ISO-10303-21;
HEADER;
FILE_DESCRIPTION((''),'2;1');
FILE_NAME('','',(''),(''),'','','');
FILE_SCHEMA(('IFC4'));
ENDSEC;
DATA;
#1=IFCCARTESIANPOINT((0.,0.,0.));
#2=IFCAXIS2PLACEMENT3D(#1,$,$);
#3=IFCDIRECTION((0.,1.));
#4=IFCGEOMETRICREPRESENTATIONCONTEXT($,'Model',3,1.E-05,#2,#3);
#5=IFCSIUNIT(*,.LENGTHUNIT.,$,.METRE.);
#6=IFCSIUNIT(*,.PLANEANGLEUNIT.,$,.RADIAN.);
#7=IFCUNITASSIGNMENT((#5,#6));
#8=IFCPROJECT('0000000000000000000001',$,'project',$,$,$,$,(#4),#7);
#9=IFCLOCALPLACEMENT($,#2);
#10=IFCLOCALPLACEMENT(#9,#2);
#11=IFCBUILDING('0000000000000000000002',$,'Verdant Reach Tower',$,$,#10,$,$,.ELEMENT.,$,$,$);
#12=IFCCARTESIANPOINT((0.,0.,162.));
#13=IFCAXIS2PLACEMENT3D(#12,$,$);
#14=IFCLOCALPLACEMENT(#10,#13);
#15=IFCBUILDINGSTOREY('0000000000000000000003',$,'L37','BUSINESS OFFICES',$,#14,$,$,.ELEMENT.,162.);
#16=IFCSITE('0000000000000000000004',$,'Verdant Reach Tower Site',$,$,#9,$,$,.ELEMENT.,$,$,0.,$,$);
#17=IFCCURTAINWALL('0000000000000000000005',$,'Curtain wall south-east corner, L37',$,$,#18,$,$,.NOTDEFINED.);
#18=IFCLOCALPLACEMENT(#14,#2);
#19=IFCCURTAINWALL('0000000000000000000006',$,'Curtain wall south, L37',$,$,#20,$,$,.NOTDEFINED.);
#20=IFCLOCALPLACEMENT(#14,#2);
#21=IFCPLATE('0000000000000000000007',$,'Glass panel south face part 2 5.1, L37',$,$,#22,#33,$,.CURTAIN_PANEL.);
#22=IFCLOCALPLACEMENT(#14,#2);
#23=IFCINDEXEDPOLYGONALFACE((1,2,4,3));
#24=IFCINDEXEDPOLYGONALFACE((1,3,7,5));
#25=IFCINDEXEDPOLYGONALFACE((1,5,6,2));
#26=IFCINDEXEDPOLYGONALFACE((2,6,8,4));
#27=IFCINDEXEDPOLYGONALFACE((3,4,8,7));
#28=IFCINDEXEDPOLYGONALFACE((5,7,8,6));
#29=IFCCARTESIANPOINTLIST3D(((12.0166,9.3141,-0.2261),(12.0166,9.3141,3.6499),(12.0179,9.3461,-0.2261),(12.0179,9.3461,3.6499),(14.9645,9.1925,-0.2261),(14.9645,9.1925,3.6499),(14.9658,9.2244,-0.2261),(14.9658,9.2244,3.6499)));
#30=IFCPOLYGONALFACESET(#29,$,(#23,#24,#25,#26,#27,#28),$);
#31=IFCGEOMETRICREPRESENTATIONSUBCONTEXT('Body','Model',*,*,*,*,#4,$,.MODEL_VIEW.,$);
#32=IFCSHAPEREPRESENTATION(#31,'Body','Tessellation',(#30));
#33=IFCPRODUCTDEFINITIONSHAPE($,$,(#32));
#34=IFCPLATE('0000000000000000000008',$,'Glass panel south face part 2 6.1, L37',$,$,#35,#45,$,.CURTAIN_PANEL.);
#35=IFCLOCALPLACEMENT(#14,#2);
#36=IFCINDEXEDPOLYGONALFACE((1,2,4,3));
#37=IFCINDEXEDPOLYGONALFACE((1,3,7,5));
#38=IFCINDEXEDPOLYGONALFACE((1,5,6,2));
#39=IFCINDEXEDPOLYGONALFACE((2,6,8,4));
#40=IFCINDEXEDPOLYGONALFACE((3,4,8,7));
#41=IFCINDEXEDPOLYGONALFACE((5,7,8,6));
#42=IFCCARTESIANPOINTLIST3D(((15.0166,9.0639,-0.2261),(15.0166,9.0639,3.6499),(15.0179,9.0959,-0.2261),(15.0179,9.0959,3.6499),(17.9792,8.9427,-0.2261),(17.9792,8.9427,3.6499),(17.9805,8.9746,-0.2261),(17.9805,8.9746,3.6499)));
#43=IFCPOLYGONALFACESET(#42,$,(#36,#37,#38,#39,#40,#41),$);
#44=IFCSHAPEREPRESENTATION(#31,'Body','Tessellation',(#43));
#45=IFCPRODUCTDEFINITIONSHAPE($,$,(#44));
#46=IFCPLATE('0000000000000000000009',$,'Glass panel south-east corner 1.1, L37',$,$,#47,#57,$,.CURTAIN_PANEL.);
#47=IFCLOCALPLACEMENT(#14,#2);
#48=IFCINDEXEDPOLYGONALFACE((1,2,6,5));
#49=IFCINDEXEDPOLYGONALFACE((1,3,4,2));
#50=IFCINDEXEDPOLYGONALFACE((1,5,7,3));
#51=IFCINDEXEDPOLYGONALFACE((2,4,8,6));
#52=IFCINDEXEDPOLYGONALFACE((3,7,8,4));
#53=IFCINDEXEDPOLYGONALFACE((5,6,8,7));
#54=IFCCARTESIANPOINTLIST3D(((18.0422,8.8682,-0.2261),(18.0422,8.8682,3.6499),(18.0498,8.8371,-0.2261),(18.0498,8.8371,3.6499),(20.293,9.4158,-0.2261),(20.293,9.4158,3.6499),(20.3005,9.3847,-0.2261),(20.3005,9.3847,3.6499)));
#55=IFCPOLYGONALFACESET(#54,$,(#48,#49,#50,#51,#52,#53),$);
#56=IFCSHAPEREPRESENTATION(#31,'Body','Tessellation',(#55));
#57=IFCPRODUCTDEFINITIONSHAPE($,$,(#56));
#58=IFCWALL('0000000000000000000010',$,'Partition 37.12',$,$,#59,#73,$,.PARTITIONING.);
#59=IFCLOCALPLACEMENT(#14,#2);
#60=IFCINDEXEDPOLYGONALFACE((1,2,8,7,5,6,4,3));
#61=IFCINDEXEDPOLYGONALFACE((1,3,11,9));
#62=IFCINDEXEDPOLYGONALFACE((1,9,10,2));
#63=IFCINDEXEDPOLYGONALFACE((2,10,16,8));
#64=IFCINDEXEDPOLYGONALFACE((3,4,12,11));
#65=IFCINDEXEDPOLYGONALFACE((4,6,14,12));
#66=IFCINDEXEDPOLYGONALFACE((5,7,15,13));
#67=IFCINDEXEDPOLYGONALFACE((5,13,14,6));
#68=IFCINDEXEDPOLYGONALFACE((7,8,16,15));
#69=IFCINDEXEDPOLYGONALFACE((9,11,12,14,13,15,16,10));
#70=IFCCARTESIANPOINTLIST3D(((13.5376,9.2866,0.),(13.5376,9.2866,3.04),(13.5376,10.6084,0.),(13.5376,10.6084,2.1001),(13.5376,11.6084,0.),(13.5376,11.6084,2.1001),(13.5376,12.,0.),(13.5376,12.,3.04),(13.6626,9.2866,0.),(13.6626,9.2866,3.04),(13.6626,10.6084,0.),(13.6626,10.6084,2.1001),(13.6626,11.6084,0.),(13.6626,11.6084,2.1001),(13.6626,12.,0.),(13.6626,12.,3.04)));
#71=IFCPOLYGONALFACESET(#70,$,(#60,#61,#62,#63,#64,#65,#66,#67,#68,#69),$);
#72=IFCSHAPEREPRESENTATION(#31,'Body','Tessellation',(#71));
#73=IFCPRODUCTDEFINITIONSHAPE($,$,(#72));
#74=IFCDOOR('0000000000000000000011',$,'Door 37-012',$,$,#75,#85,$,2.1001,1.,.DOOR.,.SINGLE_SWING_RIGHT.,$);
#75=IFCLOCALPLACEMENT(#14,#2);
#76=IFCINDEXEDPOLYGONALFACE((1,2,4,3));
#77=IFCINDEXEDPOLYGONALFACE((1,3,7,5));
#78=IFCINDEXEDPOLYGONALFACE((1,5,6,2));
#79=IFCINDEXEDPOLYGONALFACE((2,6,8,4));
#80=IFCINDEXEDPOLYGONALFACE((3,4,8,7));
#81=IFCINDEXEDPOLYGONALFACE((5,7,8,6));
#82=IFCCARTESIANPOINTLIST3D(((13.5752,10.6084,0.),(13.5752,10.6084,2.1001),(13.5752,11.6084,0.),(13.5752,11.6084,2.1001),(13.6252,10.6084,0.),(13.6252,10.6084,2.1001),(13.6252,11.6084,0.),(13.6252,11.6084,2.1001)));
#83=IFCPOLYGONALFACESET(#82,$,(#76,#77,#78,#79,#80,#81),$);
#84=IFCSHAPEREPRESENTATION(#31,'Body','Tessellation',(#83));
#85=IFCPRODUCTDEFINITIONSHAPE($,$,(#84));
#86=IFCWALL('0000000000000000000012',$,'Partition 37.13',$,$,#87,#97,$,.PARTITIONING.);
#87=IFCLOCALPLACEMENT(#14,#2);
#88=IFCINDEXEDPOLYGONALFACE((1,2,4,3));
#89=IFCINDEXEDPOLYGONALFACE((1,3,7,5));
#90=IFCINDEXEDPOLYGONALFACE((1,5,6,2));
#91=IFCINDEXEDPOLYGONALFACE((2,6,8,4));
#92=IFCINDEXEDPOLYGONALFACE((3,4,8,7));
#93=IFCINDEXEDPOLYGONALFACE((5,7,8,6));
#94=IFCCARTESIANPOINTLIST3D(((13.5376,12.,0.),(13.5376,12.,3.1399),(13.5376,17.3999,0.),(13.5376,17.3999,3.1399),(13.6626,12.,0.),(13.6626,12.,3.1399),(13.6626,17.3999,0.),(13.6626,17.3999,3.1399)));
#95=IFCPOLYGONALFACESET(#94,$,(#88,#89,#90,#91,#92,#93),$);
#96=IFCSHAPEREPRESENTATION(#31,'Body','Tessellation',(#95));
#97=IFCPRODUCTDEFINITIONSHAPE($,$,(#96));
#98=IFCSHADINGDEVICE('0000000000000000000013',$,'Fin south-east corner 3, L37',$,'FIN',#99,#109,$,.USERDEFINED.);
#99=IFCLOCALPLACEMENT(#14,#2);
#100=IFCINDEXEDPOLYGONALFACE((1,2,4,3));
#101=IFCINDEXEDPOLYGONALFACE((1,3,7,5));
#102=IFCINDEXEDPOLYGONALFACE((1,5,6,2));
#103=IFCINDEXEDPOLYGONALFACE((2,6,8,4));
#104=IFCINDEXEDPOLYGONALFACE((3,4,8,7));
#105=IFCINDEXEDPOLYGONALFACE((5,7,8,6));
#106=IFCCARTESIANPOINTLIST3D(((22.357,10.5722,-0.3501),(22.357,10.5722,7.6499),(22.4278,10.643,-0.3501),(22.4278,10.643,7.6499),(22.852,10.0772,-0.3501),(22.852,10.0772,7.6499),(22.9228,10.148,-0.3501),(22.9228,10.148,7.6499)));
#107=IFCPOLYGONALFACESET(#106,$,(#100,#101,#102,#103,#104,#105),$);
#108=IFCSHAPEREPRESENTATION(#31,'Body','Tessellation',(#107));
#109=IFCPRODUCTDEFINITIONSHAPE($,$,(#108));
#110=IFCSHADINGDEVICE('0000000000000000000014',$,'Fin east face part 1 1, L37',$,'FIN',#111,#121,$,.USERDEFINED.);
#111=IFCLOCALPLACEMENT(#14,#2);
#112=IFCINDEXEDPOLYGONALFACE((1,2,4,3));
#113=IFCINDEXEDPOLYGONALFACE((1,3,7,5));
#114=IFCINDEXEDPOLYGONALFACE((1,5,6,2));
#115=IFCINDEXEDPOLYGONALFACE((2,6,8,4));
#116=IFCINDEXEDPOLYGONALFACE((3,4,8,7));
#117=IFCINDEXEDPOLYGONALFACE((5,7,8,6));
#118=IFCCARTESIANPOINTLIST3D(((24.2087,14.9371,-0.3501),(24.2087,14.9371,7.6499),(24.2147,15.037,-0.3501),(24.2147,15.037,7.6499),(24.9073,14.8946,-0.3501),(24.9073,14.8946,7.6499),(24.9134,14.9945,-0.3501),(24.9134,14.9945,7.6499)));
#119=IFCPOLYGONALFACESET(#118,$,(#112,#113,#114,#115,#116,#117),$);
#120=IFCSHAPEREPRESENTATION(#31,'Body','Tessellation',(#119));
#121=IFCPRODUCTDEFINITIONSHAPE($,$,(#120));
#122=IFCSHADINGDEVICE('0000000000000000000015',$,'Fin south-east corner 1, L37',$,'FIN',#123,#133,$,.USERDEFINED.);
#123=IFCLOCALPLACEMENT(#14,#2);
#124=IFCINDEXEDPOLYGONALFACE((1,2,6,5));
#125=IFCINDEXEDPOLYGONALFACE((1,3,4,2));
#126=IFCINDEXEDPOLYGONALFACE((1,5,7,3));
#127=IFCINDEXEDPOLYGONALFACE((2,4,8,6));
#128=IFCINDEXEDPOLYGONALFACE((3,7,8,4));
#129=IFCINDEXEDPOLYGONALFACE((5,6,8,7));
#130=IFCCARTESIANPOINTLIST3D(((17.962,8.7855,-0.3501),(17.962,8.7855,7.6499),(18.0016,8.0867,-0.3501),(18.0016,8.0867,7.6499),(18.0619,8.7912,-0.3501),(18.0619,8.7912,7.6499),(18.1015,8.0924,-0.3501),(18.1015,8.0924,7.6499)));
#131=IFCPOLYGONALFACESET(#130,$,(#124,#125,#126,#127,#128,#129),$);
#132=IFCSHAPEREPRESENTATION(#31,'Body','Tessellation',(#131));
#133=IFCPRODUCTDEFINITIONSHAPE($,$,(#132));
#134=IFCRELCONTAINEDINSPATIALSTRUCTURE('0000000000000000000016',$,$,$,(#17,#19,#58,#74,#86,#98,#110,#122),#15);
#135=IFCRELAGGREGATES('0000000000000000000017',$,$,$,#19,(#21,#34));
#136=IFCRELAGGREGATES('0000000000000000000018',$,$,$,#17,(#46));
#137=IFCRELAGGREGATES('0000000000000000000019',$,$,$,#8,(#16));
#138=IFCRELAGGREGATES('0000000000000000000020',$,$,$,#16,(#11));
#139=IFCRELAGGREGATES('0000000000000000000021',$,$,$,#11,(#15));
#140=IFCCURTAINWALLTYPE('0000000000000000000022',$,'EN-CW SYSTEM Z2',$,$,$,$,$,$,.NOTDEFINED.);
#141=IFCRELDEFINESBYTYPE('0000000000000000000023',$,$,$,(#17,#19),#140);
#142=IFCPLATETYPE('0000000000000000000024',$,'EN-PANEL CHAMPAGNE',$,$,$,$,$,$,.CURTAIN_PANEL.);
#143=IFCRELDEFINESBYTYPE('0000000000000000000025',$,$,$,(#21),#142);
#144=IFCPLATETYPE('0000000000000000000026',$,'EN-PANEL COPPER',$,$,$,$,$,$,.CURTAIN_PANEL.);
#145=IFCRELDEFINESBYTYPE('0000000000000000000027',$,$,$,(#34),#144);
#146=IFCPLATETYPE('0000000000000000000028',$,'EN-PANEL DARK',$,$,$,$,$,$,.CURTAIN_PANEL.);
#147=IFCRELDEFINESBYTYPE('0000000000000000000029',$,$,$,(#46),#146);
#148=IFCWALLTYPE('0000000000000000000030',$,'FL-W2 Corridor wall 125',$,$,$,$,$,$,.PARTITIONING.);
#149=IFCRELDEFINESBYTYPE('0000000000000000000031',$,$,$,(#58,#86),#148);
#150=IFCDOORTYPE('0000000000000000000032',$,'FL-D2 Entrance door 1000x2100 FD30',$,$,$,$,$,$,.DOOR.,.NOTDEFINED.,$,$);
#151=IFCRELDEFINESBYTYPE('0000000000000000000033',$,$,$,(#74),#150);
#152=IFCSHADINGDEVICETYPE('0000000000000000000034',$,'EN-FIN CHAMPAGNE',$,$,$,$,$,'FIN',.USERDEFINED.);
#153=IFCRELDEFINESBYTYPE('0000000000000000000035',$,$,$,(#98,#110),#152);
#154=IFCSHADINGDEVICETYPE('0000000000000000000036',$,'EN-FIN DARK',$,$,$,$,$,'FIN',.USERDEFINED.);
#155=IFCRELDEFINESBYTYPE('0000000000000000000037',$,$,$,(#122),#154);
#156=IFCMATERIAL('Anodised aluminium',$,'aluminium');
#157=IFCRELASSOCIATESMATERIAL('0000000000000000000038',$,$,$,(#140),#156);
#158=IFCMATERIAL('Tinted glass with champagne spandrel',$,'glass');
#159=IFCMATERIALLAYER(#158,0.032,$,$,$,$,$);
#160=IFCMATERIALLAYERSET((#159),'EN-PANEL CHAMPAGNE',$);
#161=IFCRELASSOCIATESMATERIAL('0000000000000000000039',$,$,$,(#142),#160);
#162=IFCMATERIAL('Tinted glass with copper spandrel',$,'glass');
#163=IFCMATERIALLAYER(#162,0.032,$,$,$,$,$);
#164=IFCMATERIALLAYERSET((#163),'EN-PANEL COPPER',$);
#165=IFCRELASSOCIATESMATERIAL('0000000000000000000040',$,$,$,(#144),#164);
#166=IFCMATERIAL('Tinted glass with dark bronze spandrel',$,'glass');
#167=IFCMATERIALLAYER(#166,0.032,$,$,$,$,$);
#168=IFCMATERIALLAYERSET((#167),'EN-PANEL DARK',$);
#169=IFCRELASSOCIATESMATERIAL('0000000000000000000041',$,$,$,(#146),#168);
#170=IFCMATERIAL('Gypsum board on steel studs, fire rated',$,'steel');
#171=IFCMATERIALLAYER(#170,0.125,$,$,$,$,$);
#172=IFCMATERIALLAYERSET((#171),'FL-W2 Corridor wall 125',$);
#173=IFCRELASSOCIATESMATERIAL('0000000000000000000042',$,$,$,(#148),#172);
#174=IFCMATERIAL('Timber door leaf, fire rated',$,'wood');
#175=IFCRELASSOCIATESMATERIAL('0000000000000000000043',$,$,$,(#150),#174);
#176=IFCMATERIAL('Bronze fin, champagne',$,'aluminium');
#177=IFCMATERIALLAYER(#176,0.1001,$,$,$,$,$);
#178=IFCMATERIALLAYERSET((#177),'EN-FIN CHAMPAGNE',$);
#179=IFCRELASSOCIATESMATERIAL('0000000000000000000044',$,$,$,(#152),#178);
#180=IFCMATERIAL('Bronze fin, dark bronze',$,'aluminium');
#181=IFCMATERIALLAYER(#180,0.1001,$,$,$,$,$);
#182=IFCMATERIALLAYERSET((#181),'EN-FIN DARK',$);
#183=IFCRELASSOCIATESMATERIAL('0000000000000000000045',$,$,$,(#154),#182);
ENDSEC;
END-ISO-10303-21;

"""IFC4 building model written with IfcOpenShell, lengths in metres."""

from ifc_helpers import new_model, si_unit, direction, frame, frame_2d, origin, origin_2d, place, context, subcontext, project, spatial, rectangle, extrude, material, layer, layer_set, type_object, element, fill, aggregate, save


model = new_model("IFC4")

# Units and contexts
model_context = context("Model", 3, precision=1e-05, world=origin(), true_north=direction((0.0, 1.0)))
body_context = subcontext(model_context, "Body", "Model", "MODEL_VIEW")
ifc_project = project(units=[si_unit("LENGTHUNIT", "METRE"), si_unit("PLANEANGLEUNIT", "RADIAN")], contexts=[model_context])

# Site, building, storey
site_placement = place(None, origin())
site = spatial("IfcSite", under=ifc_project, at=site_placement, Name="Verdant Reach Tower Site", CompositionType="ELEMENT", RefElevation=0.0)
building_placement = place(site_placement, origin())
building = spatial("IfcBuilding", under=site, at=building_placement, Name="Verdant Reach Tower", CompositionType="ELEMENT")
storey_placement = place(building_placement, frame((0.0, 0.0, 162.0)))
storey = spatial("IfcBuildingStorey", under=building, at=storey_placement, Name="L37", Description="BUSINESS OFFICES", CompositionType="ELEMENT", Elevation=162.0)

# Curtain wall
ifc_material_1 = material(Name="Anodised aluminium", Category="aluminium")
curtain_wall_type = type_object("IfcCurtainWallType", Name="EN-CW SYSTEM Z2", PredefinedType="NOTDEFINED", material=ifc_material_1)
curtain_wall_1_placement = place(storey_placement, origin())
curtain_wall_1 = element("IfcCurtainWall", 1, at=curtain_wall_1_placement, inside=storey, type_object=curtain_wall_type, Name="Curtain wall south-east corner, L37", PredefinedType="NOTDEFINED")

# Curtain wall
curtain_wall_2_placement = place(storey_placement, origin())
curtain_wall_2 = element("IfcCurtainWall", 2, at=curtain_wall_2_placement, inside=storey, type_object=curtain_wall_type, Name="Curtain wall south, L37", PredefinedType="NOTDEFINED")

# Plates
ifc_material_2 = material(Name="Tinted glass with champagne spandrel", Category="glass")
ifc_layer_1 = layer(ifc_material_2, 0.032)
ifc_layer_set_1 = layer_set([ifc_layer_1], Name="EN-PANEL CHAMPAGNE")
plate_type_1 = type_object("IfcPlateType", Name="EN-PANEL CHAMPAGNE", PredefinedType="CURTAIN_PANEL", material=ifc_layer_set_1)
plate_1_placement = place(storey_placement, frame((13.4912, 9.2693, -0.2261), z_axis=(0.0, 0.0, 1.0), x_axis=(0.999149, -0.041242, 0.0)))
plate_1 = element("IfcPlate", 3, at=plate_1_placement, type_object=plate_type_1, Name="Glass panel south face part 2 5.1, L37", PredefinedType="CURTAIN_PANEL", context=body_context, shape_type="SweptSolid", body=[
    extrude(rectangle(XDim=2.9504, YDim=0.032, at=origin_2d()), origin(), (0.0, 0.0, 1.0), 3.876),
])
ifc_material_3 = material(Name="Tinted glass with copper spandrel", Category="glass")
ifc_layer_2 = layer(ifc_material_3, 0.032)
ifc_layer_set_2 = layer_set([ifc_layer_2], Name="EN-PANEL COPPER")
plate_type_2 = type_object("IfcPlateType", Name="EN-PANEL COPPER", PredefinedType="CURTAIN_PANEL", material=ifc_layer_set_2)
plate_2_placement = place(storey_placement, frame((16.4985, 9.0193, -0.2261), z_axis=(0.0, 0.0, 1.0), x_axis=(0.999163, -0.0409, 0.0)))
plate_2 = element("IfcPlate", 4, at=plate_2_placement, type_object=plate_type_2, Name="Glass panel south face part 2 6.1, L37", PredefinedType="CURTAIN_PANEL", context=body_context, shape_type="SweptSolid", body=[
    extrude(rectangle(XDim=2.9651, YDim=0.032, at=origin_2d()), origin(), (0.0, 0.0, 1.0), 3.876),
])
aggregate(curtain_wall_2, [plate_1, plate_2])
ifc_material_4 = material(Name="Tinted glass with dark bronze spandrel", Category="glass")
ifc_layer_3 = layer(ifc_material_4, 0.032)
ifc_layer_set_3 = layer_set([ifc_layer_3], Name="EN-PANEL DARK")
plate_type_3 = type_object("IfcPlateType", Name="EN-PANEL DARK", PredefinedType="CURTAIN_PANEL", material=ifc_layer_set_3)
plate_3_placement = place(storey_placement, frame((19.1714, 9.1265, -0.2261), z_axis=(0.0, 0.0, 1.0), x_axis=(0.971658, 0.236391, 0.0)))
plate_3 = element("IfcPlate", 5, at=plate_3_placement, type_object=plate_type_3, Name="Glass panel south-east corner 1.1, L37", PredefinedType="CURTAIN_PANEL", context=body_context, shape_type="SweptSolid", body=[
    extrude(rectangle(XDim=2.3164, YDim=0.032, at=origin_2d()), origin(), (0.0, 0.0, 1.0), 3.876),
])
aggregate(curtain_wall_1, [plate_3])

# Wall, opening, door
ifc_material_5 = material(Name="Gypsum board on steel studs, fire rated", Category="steel")
ifc_layer_4 = layer(ifc_material_5, 0.125)
ifc_layer_set_4 = layer_set([ifc_layer_4], Name="FL-W2 Corridor wall 125")
wall_type = type_object("IfcWallType", Name="FL-W2 Corridor wall 125", PredefinedType="PARTITIONING", material=ifc_layer_set_4)
wall_1_placement = place(storey_placement, frame((13.6001, 9.2866, 0.0), z_axis=(0.0, 0.0, 1.0), x_axis=(0.0, 1.0, 0.0)))
wall_1 = element("IfcWall", 6, at=wall_1_placement, inside=storey, type_object=wall_type, Name="Partition 37.12", PredefinedType="PARTITIONING", context=body_context, shape_type="SweptSolid", body=[
    extrude(rectangle(XDim=2.7134, YDim=0.125, at=frame_2d((1.3567, 0.0))), origin(), (0.0, 0.0, 1.0), 3.04),
])
opening_placement = place(wall_1_placement, frame((1.3218, 0.0, 0.0)))
opening = element("IfcOpeningElement", 7, at=opening_placement, cuts=wall_1, PredefinedType="OPENING", context=body_context, shape_type="SweptSolid", body=[
    extrude(rectangle(XDim=1.0, YDim=2.1001, at=frame_2d((0.5, 1.05))), frame((0.0, 0.0725, 0.0), z_axis=(0.0, -1.0, 0.0), x_axis=(1.0, 0.0, 0.0)), (0.0, 0.0, 1.0), 0.145),
])
ifc_material_6 = material(Name="Timber door leaf, fire rated", Category="wood")
door_type = type_object("IfcDoorType", Name="FL-D2 Entrance door 1000x2100 FD30", OperationType="NOTDEFINED", PredefinedType="DOOR", material=ifc_material_6)
door_placement = place(opening_placement, origin())
door = element("IfcDoor", 8, at=door_placement, inside=storey, type_object=door_type, Name="Door 37-012", OperationType="SINGLE_SWING_RIGHT", OverallHeight=2.1001, OverallWidth=1.0, PredefinedType="DOOR", context=body_context, shape_type="SweptSolid", body=[
    extrude(rectangle(XDim=1.0, YDim=2.1001, at=frame_2d((0.5, 1.05))), frame((0.0, 0.0249, 0.0), z_axis=(0.0, -1.0, 0.0), x_axis=(1.0, 0.0, 0.0)), (0.0, 0.0, 1.0), 0.05),
])
fill(opening, door)

# Wall
wall_2_placement = place(storey_placement, frame((13.6001, 12.0, 0.0), z_axis=(0.0, 0.0, 1.0), x_axis=(0.0, 1.0, 0.0)))
element("IfcWall", 9, at=wall_2_placement, inside=storey, type_object=wall_type, Name="Partition 37.13", PredefinedType="PARTITIONING", context=body_context, shape_type="SweptSolid", body=[
    extrude(rectangle(XDim=5.3999, YDim=0.125, at=frame_2d((2.7, 0.0))), origin(), (0.0, 0.0, 1.0), 3.1399),
])

# Shading devices
ifc_material_7 = material(Name="Bronze fin, champagne", Category="aluminium")
ifc_layer_5 = layer(ifc_material_7, 0.1001)
ifc_layer_set_5 = layer_set([ifc_layer_5], Name="EN-FIN CHAMPAGNE")
shading_device_type_1 = type_object("IfcShadingDeviceType", Name="EN-FIN CHAMPAGNE", ElementType="FIN", PredefinedType="USERDEFINED", material=ifc_layer_set_5)
for number, where, z_axis, x_axis, name in (
    (10, (22.6399, 10.3601, -0.3501), (0.0, 0.0, 1.0), (0.707107, 0.707107, 0.0), "Fin south-east corner 3, L37"),
    (11, (24.561, 14.9658, -0.3501), (0.0, 0.0, 1.0), (0.060703, 0.998156, 0.0), "Fin east face part 1 1, L37"),
):
    element("IfcShadingDevice", number, at=place(storey_placement, frame(where, z_axis=z_axis, x_axis=x_axis)), inside=storey, type_object=shading_device_type_1, Name=name, ObjectType="FIN", PredefinedType="USERDEFINED", context=body_context, shape_type="SweptSolid", body=[
        extrude(rectangle(XDim=0.1001, YDim=0.7, at=origin_2d()), origin(), (0.0, 0.0, 1.0), 8.0),
    ])
ifc_material_8 = material(Name="Bronze fin, dark bronze", Category="aluminium")
ifc_layer_6 = layer(ifc_material_8, 0.1001)
ifc_layer_set_6 = layer_set([ifc_layer_6], Name="EN-FIN DARK")
shading_device_type_2 = type_object("IfcShadingDeviceType", Name="EN-FIN DARK", ElementType="FIN", PredefinedType="USERDEFINED", material=ifc_layer_set_6)
shading_device_placement = place(storey_placement, frame((18.0317, 8.439, -0.3501), z_axis=(0.0, 0.0, 1.0), x_axis=(0.998399, 0.056569, 0.0)))
element("IfcShadingDevice", 12, at=shading_device_placement, inside=storey, type_object=shading_device_type_2, Name="Fin south-east corner 1, L37", ObjectType="FIN", PredefinedType="USERDEFINED", context=body_context, shape_type="SweptSolid", body=[
    extrude(rectangle(XDim=0.1001, YDim=0.7, at=origin_2d()), origin(), (0.0, 0.0, 1.0), 8.0),
])

save(model, "model.ifc")
